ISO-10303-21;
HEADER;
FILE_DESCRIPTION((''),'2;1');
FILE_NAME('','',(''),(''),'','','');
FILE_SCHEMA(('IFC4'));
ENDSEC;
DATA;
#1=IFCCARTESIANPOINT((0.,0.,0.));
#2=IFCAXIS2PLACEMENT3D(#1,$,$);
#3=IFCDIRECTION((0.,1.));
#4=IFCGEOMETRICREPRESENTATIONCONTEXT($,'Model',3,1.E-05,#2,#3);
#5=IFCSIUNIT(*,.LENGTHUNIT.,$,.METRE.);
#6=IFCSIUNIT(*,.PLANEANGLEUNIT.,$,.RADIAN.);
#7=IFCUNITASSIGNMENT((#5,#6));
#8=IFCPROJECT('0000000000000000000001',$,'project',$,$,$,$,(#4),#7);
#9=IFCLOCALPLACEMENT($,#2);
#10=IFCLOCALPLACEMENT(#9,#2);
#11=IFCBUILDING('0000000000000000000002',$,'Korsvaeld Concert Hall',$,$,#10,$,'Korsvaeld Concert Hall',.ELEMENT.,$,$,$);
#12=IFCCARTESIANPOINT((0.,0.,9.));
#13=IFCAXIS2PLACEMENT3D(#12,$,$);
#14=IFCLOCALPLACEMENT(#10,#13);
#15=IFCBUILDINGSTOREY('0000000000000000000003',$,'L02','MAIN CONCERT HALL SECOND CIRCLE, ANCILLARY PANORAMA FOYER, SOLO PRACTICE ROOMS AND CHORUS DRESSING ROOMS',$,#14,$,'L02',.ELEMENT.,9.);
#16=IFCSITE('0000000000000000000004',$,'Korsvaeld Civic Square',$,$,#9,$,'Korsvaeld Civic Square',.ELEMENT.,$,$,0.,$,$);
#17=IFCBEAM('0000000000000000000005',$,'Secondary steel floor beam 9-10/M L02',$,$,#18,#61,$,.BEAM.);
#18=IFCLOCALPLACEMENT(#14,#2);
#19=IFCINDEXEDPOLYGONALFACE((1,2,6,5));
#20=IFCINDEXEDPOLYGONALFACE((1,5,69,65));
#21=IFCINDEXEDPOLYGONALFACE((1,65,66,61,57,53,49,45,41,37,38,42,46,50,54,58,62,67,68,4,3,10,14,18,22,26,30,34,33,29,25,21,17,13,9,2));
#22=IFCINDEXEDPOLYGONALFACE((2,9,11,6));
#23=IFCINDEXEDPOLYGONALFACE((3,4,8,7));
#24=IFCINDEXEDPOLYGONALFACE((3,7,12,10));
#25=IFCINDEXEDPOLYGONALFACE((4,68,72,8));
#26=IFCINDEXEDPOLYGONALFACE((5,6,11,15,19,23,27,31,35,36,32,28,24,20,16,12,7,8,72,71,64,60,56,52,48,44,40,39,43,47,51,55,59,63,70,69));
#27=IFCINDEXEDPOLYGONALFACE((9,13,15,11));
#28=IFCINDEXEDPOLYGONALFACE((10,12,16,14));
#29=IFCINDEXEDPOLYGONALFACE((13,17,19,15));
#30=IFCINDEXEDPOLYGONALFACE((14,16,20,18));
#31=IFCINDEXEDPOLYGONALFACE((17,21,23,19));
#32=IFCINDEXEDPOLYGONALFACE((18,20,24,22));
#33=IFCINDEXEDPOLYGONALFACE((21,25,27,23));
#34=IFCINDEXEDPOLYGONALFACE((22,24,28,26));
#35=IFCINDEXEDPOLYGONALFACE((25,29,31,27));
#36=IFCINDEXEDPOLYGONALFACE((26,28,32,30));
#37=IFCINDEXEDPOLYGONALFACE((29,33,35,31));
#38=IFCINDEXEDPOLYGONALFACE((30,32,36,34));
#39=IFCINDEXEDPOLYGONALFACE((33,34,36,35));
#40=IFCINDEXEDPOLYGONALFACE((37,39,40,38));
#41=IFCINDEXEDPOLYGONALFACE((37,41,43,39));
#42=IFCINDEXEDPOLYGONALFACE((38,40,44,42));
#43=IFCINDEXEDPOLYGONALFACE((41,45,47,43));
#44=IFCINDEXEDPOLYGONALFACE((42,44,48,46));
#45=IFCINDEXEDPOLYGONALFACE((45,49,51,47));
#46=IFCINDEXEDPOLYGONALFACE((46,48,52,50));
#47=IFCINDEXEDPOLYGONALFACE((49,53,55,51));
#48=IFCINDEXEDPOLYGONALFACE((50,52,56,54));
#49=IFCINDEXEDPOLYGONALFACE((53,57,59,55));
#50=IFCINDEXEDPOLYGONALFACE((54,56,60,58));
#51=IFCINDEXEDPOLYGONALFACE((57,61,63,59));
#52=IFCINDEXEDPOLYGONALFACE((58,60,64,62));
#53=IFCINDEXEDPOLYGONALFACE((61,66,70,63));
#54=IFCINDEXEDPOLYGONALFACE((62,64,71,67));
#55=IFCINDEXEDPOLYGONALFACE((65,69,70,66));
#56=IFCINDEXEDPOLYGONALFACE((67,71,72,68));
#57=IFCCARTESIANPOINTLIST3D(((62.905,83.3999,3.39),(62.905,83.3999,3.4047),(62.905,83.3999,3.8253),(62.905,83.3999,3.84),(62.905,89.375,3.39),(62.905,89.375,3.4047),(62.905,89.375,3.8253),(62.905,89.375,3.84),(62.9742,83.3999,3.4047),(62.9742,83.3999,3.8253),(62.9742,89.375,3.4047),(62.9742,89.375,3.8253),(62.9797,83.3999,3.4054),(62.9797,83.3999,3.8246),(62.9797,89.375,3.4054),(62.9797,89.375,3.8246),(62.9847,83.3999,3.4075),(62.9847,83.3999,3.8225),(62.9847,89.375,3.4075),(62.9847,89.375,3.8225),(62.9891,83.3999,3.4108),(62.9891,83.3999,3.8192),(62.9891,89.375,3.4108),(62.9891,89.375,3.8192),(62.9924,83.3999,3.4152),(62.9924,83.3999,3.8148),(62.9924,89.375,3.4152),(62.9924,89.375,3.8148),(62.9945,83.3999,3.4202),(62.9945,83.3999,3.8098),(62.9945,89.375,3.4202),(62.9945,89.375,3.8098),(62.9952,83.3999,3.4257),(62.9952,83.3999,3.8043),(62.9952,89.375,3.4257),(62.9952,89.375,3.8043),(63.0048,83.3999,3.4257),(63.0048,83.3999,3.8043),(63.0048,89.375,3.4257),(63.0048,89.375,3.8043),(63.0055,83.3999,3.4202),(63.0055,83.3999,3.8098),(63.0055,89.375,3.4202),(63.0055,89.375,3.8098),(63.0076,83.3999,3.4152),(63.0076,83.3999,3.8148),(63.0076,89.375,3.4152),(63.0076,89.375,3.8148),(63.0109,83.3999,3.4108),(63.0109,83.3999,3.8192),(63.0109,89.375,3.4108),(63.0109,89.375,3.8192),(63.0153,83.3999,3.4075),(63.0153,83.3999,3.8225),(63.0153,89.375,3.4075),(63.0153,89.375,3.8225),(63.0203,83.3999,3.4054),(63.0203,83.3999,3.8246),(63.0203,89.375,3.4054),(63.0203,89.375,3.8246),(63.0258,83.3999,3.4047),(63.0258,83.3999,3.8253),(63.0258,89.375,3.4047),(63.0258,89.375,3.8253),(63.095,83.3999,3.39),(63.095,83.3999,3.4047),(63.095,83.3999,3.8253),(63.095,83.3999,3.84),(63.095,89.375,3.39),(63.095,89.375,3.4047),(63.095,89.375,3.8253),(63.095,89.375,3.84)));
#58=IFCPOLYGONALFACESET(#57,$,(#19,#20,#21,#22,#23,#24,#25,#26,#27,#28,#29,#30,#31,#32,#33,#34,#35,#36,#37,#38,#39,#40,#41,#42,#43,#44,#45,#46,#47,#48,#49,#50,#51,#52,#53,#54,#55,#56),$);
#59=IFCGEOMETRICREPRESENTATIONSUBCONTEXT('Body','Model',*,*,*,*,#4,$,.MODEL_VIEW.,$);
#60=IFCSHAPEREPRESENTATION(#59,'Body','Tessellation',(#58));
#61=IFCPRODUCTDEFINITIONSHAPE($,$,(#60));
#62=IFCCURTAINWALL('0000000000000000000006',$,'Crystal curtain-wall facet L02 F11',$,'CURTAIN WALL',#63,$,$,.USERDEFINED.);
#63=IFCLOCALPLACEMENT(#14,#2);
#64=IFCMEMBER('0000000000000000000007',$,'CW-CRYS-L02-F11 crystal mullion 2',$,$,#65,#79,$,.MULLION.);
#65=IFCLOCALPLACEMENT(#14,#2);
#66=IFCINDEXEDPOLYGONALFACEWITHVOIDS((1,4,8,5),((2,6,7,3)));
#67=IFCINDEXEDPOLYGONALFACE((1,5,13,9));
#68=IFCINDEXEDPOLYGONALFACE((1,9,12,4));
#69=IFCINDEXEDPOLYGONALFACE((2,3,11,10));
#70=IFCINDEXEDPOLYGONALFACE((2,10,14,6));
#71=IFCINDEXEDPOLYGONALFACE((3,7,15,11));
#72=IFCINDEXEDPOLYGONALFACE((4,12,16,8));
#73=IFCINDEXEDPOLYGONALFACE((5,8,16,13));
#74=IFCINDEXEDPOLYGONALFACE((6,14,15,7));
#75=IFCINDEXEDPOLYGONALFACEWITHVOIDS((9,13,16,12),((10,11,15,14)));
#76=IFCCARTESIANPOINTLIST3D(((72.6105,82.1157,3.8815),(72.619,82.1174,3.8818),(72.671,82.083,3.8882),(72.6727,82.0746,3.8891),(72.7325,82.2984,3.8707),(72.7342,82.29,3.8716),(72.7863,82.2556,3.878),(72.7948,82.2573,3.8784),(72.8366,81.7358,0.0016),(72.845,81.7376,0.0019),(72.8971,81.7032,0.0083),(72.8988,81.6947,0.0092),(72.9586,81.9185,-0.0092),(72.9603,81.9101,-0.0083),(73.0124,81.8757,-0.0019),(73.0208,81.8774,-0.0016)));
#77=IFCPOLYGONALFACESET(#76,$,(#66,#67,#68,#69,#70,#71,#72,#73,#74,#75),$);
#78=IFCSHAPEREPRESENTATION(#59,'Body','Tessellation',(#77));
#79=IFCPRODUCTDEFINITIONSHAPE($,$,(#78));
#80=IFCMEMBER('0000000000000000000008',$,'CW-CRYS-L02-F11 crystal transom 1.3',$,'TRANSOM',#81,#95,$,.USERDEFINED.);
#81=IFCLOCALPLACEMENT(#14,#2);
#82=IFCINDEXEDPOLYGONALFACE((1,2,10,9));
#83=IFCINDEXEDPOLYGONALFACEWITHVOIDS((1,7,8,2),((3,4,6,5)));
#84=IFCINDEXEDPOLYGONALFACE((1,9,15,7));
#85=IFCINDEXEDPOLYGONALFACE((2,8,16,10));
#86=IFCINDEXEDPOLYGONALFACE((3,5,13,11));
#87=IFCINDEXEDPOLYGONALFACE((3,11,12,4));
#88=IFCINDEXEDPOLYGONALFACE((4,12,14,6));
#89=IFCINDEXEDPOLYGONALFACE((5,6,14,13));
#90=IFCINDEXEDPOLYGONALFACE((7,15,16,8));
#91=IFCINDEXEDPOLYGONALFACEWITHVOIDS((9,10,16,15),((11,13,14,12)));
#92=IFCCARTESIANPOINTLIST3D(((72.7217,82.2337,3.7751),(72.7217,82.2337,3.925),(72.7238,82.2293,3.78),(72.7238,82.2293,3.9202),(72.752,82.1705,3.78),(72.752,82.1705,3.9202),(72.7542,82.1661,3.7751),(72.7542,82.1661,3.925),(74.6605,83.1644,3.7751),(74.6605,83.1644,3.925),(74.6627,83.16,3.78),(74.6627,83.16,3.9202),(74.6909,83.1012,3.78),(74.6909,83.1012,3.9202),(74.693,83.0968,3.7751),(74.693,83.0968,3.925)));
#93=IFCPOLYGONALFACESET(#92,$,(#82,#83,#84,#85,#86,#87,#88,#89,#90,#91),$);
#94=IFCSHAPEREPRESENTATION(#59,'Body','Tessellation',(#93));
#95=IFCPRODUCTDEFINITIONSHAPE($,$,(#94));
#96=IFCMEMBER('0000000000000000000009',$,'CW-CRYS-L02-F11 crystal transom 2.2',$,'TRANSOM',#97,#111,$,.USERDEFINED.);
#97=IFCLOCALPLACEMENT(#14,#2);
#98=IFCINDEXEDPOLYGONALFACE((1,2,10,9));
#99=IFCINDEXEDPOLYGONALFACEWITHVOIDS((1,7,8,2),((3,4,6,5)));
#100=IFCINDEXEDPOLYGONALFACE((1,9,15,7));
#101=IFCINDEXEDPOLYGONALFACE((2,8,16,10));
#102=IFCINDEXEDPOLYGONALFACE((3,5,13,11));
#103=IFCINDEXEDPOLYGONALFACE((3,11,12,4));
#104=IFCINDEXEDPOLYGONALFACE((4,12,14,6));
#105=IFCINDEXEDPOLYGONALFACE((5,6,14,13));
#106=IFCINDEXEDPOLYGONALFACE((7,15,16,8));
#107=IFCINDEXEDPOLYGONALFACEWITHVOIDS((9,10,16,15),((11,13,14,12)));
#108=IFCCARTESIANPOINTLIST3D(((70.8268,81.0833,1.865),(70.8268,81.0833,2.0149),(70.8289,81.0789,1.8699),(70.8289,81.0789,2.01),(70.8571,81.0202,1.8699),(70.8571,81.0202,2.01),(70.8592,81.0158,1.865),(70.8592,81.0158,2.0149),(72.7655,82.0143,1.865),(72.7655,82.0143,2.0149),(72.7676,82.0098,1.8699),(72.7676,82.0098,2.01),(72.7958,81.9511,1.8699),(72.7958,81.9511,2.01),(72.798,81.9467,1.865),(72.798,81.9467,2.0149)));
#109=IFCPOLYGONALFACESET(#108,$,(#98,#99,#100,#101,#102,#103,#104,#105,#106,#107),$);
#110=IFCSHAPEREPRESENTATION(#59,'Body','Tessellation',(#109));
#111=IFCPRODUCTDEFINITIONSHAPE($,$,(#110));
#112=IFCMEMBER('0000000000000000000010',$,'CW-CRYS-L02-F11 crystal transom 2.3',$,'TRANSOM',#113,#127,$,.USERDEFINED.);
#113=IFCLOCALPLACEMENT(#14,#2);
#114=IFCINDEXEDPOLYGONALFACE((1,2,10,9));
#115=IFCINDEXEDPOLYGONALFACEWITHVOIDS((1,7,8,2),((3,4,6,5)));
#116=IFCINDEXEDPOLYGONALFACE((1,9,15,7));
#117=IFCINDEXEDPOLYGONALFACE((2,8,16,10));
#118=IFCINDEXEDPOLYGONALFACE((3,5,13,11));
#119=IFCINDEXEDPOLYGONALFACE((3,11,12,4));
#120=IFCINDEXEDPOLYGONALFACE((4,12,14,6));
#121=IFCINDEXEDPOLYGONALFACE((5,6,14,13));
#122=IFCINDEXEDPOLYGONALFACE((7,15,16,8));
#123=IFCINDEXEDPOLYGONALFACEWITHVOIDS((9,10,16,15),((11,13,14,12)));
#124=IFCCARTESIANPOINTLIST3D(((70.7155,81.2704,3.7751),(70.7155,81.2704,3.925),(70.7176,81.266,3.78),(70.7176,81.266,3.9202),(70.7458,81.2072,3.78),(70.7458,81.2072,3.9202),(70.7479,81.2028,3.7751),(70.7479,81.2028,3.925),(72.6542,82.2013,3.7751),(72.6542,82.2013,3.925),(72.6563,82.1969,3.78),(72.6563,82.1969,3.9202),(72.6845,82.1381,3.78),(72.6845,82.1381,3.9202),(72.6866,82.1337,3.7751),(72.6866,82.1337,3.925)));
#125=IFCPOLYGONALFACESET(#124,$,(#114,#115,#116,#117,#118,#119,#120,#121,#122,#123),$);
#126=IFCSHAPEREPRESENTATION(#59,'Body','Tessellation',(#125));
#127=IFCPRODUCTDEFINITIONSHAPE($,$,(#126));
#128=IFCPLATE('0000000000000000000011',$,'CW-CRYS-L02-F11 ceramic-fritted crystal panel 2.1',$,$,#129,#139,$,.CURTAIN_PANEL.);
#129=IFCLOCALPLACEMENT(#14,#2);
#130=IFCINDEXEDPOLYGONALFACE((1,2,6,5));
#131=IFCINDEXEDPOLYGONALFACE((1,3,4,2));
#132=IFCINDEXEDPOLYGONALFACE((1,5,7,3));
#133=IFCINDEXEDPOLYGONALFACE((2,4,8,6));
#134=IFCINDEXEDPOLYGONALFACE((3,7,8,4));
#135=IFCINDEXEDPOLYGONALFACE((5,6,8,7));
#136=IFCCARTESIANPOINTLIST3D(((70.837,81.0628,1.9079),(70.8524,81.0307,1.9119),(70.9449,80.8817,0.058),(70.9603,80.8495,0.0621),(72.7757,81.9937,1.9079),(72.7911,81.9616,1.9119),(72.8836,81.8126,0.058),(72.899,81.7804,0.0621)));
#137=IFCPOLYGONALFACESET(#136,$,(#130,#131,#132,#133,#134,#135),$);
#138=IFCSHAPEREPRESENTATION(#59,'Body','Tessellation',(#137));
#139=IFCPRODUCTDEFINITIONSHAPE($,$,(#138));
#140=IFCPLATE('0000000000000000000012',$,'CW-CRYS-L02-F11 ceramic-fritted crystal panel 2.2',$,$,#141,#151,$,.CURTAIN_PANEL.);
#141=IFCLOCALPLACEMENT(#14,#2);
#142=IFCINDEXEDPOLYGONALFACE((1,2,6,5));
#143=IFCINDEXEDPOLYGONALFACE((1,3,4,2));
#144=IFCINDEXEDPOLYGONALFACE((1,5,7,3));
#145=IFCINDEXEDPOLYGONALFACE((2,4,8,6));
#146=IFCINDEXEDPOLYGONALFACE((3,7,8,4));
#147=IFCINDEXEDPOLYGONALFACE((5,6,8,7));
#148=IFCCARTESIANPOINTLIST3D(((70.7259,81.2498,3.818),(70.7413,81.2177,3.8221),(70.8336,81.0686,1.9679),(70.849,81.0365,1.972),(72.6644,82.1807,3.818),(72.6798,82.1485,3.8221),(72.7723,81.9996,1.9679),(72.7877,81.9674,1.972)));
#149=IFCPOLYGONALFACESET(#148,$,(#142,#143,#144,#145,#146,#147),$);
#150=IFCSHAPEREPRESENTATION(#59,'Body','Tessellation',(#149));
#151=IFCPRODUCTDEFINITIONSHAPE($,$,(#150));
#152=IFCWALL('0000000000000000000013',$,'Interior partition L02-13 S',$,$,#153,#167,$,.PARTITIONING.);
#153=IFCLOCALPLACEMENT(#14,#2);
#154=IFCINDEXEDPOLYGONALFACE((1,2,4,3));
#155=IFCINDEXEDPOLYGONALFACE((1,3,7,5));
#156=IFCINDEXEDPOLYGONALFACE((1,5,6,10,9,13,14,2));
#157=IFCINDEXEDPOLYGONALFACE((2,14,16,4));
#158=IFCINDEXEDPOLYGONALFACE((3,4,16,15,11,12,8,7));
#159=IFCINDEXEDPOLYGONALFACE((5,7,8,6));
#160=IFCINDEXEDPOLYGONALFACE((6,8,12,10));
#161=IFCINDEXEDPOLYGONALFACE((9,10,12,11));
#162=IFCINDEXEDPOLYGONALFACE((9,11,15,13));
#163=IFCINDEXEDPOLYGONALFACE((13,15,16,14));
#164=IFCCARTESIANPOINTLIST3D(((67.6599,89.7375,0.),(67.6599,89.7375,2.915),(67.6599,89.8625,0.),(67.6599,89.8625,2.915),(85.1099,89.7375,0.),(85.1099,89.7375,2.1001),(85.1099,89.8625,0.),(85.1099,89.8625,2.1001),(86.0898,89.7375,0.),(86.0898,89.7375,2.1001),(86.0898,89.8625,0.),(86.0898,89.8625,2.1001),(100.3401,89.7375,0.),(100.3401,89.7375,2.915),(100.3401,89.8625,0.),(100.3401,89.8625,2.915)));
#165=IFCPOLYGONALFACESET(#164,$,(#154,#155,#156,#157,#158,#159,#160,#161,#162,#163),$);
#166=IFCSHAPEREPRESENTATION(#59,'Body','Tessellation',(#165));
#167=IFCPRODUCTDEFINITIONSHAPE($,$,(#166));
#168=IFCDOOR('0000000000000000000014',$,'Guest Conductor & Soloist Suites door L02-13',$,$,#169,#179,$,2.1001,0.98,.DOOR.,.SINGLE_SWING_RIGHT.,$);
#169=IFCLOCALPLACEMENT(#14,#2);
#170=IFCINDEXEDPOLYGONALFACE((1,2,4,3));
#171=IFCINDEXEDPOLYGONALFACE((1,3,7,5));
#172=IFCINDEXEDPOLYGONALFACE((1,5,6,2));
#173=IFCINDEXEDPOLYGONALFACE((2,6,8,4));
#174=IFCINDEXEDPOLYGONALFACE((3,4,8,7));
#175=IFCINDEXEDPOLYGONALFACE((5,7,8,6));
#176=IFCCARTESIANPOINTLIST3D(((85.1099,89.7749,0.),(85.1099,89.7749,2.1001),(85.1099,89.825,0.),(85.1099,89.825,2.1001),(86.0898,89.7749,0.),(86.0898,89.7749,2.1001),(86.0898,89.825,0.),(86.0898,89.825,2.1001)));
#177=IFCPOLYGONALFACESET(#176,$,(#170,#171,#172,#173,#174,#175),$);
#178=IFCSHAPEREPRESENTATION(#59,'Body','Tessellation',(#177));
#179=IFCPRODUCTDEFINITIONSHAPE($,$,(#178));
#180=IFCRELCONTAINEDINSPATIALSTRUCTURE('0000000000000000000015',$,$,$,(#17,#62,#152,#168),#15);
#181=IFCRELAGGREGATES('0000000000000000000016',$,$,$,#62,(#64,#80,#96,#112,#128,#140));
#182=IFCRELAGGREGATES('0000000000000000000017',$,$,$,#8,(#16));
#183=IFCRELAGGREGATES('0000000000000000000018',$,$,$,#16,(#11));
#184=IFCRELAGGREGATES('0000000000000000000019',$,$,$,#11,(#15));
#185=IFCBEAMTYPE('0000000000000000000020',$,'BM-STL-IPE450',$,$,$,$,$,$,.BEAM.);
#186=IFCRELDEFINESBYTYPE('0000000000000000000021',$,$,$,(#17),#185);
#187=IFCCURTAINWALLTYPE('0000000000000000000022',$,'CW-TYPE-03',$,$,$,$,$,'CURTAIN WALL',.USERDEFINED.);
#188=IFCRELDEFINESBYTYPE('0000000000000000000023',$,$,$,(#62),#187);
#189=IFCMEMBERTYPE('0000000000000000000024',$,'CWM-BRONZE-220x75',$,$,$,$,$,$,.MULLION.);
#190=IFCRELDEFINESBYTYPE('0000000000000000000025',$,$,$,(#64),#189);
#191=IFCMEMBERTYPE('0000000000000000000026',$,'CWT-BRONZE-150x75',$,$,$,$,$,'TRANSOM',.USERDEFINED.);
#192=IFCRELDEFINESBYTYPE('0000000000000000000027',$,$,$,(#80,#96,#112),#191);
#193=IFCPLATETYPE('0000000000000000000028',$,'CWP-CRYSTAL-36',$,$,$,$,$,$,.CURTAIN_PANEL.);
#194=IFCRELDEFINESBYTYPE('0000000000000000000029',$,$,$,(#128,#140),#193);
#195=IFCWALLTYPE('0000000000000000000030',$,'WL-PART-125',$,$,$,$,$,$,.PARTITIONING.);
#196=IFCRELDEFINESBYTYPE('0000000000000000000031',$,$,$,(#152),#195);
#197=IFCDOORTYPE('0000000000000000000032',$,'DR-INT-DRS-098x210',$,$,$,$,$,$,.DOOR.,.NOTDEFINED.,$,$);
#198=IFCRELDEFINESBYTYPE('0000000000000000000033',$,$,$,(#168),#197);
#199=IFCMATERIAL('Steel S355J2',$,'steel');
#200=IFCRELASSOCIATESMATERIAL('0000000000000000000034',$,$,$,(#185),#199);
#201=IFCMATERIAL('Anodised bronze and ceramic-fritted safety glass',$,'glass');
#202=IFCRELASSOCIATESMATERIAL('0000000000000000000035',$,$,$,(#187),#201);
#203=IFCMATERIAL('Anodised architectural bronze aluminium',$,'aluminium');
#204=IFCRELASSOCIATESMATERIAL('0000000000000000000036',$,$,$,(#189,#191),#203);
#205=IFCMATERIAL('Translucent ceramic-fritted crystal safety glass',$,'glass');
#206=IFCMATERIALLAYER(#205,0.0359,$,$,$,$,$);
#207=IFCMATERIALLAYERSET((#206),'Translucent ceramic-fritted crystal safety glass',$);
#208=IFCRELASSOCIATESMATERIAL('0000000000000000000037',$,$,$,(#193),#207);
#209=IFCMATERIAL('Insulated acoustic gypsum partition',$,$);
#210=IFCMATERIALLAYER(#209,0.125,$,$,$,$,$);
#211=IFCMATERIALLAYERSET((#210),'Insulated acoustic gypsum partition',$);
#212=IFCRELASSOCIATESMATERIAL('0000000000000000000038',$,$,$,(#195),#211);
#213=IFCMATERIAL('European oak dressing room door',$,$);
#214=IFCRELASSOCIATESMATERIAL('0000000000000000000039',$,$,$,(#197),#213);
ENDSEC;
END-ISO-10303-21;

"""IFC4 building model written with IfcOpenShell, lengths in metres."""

from ifc_helpers import new_model, si_unit, direction, frame, frame_2d, origin, origin_2d, place, context, subcontext, project, spatial, polyline, rectangle, hollow_rectangle, i_section, outline, extrude, material, layer, layer_set, material_profile, profile_set, type_object, element, fill, aggregate, save


model = new_model("IFC4")

# Units and contexts
model_context = context("Model", 3, precision=1e-05, world=origin(), true_north=direction((0.0, 1.0)))
body_context = subcontext(model_context, "Body", "Model", "MODEL_VIEW")
ifc_project = project(units=[si_unit("LENGTHUNIT", "METRE"), si_unit("PLANEANGLEUNIT", "RADIAN")], contexts=[model_context])

# Site, building, storey
site_placement = place(None, origin())
site = spatial("IfcSite", under=ifc_project, at=site_placement, Name="Korsvaeld Civic Square", LongName="Korsvaeld Civic Square", CompositionType="ELEMENT", RefElevation=0.0)
building_placement = place(site_placement, origin())
building = spatial("IfcBuilding", under=site, at=building_placement, Name="Korsvaeld Concert Hall", LongName="Korsvaeld Concert Hall", CompositionType="ELEMENT")
storey_placement = place(building_placement, frame((0.0, 0.0, 9.0)))
storey = spatial("IfcBuildingStorey", under=building, at=storey_placement, Name="L02", Description="MAIN CONCERT HALL SECOND CIRCLE, ANCILLARY PANORAMA FOYER, SOLO PRACTICE ROOMS AND CHORUS DRESSING ROOMS", LongName="L02", CompositionType="ELEMENT", Elevation=9.0)

# Beam
ifc_material_1 = material(Name="Steel S355J2", Category="steel")
ifc_material_profile_1 = material_profile(ifc_material_1, i_section(OverallWidth=0.1899, OverallDepth=0.45, WebThickness=0.0095, FlangeThickness=0.0146, FilletRadius=0.021, at=origin_2d()), Name="IPE 450")
ifc_profile_set_1 = profile_set([ifc_material_profile_1], Name="Steel S355J2")
beam_type_1 = type_object("IfcBeamType", Name="BM-STL-IPE450", PredefinedType="BEAM", material=ifc_profile_set_1)
beam_1_placement = place(storey_placement, frame((63.0, 83.3999, 3.615), z_axis=(0.0, 1.0, 0.0), x_axis=(-1.0, 0.0, 0.0)))
element("IfcBeam", 1, at=beam_1_placement, inside=storey, type_object=beam_type_1, Name="Secondary steel floor beam 9-10/M L02", PredefinedType="BEAM", context=body_context, shape_type="SweptSolid", body=[
    extrude(i_section(OverallWidth=0.1899, OverallDepth=0.45, WebThickness=0.0095, FlangeThickness=0.0146, FilletRadius=0.021, at=origin_2d()), origin(), (0.0, 0.0, 1.0), 5.9751),
])

# Curtain wall, members, plates
ifc_material_2 = material(Name="Anodised bronze and ceramic-fritted safety glass", Category="glass")
curtain_wall_type = type_object("IfcCurtainWallType", Name="CW-TYPE-03", ElementType="CURTAIN WALL", PredefinedType="USERDEFINED", material=ifc_material_2)
curtain_wall_placement = place(storey_placement, origin())
curtain_wall = element("IfcCurtainWall", 2, at=curtain_wall_placement, inside=storey, type_object=curtain_wall_type, Name="Crystal curtain-wall facet L02 F11", ObjectType="CURTAIN WALL", PredefinedType="USERDEFINED")
ifc_material_3 = material(Name="Anodised architectural bronze aluminium", Category="aluminium")
ifc_material_profile_2 = material_profile(ifc_material_3, hollow_rectangle(XDim=0.075, YDim=0.22, WallThickness=0.0061, at=origin_2d()), Name="CWM 220x75x6")
ifc_profile_set_2 = profile_set([ifc_material_profile_2], Name="Anodised architectural bronze aluminium")
member_type_1 = type_object("IfcMemberType", Name="CWM-BRONZE-220x75", PredefinedType="MULLION", material=ifc_profile_set_2)
member_1_placement = place(storey_placement, frame((72.9287, 81.8066, 0.0), z_axis=(-0.057894, 0.097281, 0.993572), x_axis=(-0.829999, 0.548349, -0.102052)))
member_1 = element("IfcMember", 3, at=member_1_placement, type_object=member_type_1, Name="CW-CRYS-L02-F11 crystal mullion 2", PredefinedType="MULLION", context=body_context, shape_type="SweptSolid", body=[
    extrude(hollow_rectangle(XDim=0.075, YDim=0.22, WallThickness=0.0061, at=origin_2d()), origin(), (0.0, 0.0, 1.0), 3.905),
])
ifc_material_profile_3 = material_profile(ifc_material_3, hollow_rectangle(XDim=0.075, YDim=0.1499, WallThickness=0.0049, at=origin_2d()), Name="CWT 150x75x5")
ifc_profile_set_3 = profile_set([ifc_material_profile_3], Name="Anodised architectural bronze aluminium")
member_type_2 = type_object("IfcMemberType", Name="CWT-BRONZE-150x75", ElementType="TRANSOM", PredefinedType="USERDEFINED", material=ifc_profile_set_3)
member_2_placement = place(storey_placement, frame((74.6768, 83.1306, 3.8501), z_axis=(-0.901509, -0.432761, 0.0), x_axis=(0.432761, -0.901509, 0.0)))
member_2 = element("IfcMember", 4, at=member_2_placement, type_object=member_type_2, Name="CW-CRYS-L02-F11 crystal transom 1.3", ObjectType="TRANSOM", PredefinedType="USERDEFINED", context=body_context, shape_type="SweptSolid", body=[
    extrude(hollow_rectangle(XDim=0.075, YDim=0.1499, WallThickness=0.0049, at=origin_2d()), origin(), (0.0, 0.0, 1.0), 2.1506),
])
member_3_placement = place(storey_placement, frame((72.7817, 81.9805, 1.9399), z_axis=(-0.901465, -0.432853, 0.0), x_axis=(0.432853, -0.901465, 0.0)))
member_3 = element("IfcMember", 5, at=member_3_placement, type_object=member_type_2, Name="CW-CRYS-L02-F11 crystal transom 2.2", ObjectType="TRANSOM", PredefinedType="USERDEFINED", context=body_context, shape_type="SweptSolid", body=[
    extrude(hollow_rectangle(XDim=0.075, YDim=0.1499, WallThickness=0.0049, at=origin_2d()), origin(), (0.0, 0.0, 1.0), 2.1506),
])
member_4_placement = place(storey_placement, frame((72.6704, 82.1675, 3.8501), z_axis=(-0.901465, -0.432853, 0.0), x_axis=(0.432853, -0.901465, 0.0)))
member_4 = element("IfcMember", 6, at=member_4_placement, type_object=member_type_2, Name="CW-CRYS-L02-F11 crystal transom 2.3", ObjectType="TRANSOM", PredefinedType="USERDEFINED", context=body_context, shape_type="SweptSolid", body=[
    extrude(hollow_rectangle(XDim=0.075, YDim=0.1499, WallThickness=0.0049, at=origin_2d()), origin(), (0.0, 0.0, 1.0), 2.1506),
])
ifc_material_4 = material(Name="Translucent ceramic-fritted crystal safety glass", Category="glass")
ifc_layer_1 = layer(ifc_material_4, 0.0359)
ifc_layer_set_1 = layer_set([ifc_layer_1], Name="Translucent ceramic-fritted crystal safety glass")
plate_type = type_object("IfcPlateType", Name="CWP-CRYSTAL-36", PredefinedType="CURTAIN_PANEL", material=ifc_layer_set_1)
plate_1_placement = place(storey_placement, frame((72.8914, 81.7964, 0.0601), z_axis=(-0.43009, 0.895711, -0.112804), x_axis=(-0.901465, -0.432853, 0.0)))
plate_1 = element("IfcPlate", 7, at=plate_1_placement, type_object=plate_type, Name="CW-CRYS-L02-F11 ceramic-fritted crystal panel 2.1", PredefinedType="CURTAIN_PANEL", context=body_context, shape_type="SweptSolid", body=[
    extrude(outline(polyline([(0.0, 0.0), (2.1506, 0.0), (2.1695, 1.8617), (0.0189, 1.8617), (0.0, 0.0)])), frame((0.0, 0.0, 0.0181)), (0.0, 0.0, -1.0), 0.0359),
])
plate_2_placement = place(storey_placement, frame((72.78, 81.9834, 1.97), z_axis=(-0.430114, 0.895705, -0.112762), x_axis=(-0.901454, -0.432875, 0.000003)))
plate_2 = element("IfcPlate", 8, at=plate_2_placement, type_object=plate_type, Name="CW-CRYS-L02-F11 ceramic-fritted crystal panel 2.2", PredefinedType="CURTAIN_PANEL", context=body_context, shape_type="SweptSolid", body=[
    extrude(outline(polyline([(0.0, 0.0), (2.1506, 0.0), (2.1693, 1.862), (0.0189, 1.862), (0.0, 0.0)])), frame((0.0, 0.0, 0.0181)), (0.0, 0.0, -1.0), 0.0359),
])
aggregate(curtain_wall, [member_1, member_2, member_3, member_4, plate_1, plate_2])

# Wall, opening, door
ifc_material_5 = material(Name="Insulated acoustic gypsum partition")
ifc_layer_2 = layer(ifc_material_5, 0.125)
ifc_layer_set_2 = layer_set([ifc_layer_2], Name="Insulated acoustic gypsum partition")
wall_type = type_object("IfcWallType", Name="WL-PART-125", PredefinedType="PARTITIONING", material=ifc_layer_set_2)
wall_1_placement = place(storey_placement, frame((67.6599, 89.8, 0.0), z_axis=(0.0, 0.0, 1.0), x_axis=(1.0, 0.0, 0.0)))
wall_1 = element("IfcWall", 9, at=wall_1_placement, inside=storey, type_object=wall_type, Name="Interior partition L02-13 S", PredefinedType="PARTITIONING", context=body_context, shape_type="SweptSolid", body=[
    extrude(rectangle(XDim=32.6802, YDim=0.125, at=frame_2d((16.3401, 0.0))), origin(), (0.0, 0.0, 1.0), 2.915),
])
opening_1_placement = place(wall_1_placement, frame((17.45, 0.0, 0.0)))
opening_1 = element("IfcOpeningElement", 10, at=opening_1_placement, cuts=wall_1, PredefinedType="OPENING", context=body_context, shape_type="SweptSolid", body=[
    extrude(rectangle(XDim=0.98, YDim=2.1001, at=frame_2d((0.49, 1.05))), frame((0.0, 0.0725, 0.0), z_axis=(0.0, -1.0, 0.0), x_axis=(1.0, 0.0, 0.0)), (0.0, 0.0, 1.0), 0.145),
])
ifc_material_6 = material(Name="European oak dressing room door")
door_type_1 = type_object("IfcDoorType", Name="DR-INT-DRS-098x210", OperationType="NOTDEFINED", PredefinedType="DOOR", material=ifc_material_6)
door_1_placement = place(opening_1_placement, origin())
door_1 = element("IfcDoor", 11, at=door_1_placement, inside=storey, type_object=door_type_1, Name="Guest Conductor & Soloist Suites door L02-13", OperationType="SINGLE_SWING_RIGHT", OverallHeight=2.1001, OverallWidth=0.98, PredefinedType="DOOR", context=body_context, shape_type="SweptSolid", body=[
    extrude(rectangle(XDim=0.98, YDim=2.1001, at=frame_2d((0.49, 1.05))), frame((0.0, 0.0249, 0.0), z_axis=(0.0, -1.0, 0.0), x_axis=(1.0, 0.0, 0.0)), (0.0, 0.0, 1.0), 0.05),
])
fill(opening_1, door_1)

save(model, "model.ifc")
